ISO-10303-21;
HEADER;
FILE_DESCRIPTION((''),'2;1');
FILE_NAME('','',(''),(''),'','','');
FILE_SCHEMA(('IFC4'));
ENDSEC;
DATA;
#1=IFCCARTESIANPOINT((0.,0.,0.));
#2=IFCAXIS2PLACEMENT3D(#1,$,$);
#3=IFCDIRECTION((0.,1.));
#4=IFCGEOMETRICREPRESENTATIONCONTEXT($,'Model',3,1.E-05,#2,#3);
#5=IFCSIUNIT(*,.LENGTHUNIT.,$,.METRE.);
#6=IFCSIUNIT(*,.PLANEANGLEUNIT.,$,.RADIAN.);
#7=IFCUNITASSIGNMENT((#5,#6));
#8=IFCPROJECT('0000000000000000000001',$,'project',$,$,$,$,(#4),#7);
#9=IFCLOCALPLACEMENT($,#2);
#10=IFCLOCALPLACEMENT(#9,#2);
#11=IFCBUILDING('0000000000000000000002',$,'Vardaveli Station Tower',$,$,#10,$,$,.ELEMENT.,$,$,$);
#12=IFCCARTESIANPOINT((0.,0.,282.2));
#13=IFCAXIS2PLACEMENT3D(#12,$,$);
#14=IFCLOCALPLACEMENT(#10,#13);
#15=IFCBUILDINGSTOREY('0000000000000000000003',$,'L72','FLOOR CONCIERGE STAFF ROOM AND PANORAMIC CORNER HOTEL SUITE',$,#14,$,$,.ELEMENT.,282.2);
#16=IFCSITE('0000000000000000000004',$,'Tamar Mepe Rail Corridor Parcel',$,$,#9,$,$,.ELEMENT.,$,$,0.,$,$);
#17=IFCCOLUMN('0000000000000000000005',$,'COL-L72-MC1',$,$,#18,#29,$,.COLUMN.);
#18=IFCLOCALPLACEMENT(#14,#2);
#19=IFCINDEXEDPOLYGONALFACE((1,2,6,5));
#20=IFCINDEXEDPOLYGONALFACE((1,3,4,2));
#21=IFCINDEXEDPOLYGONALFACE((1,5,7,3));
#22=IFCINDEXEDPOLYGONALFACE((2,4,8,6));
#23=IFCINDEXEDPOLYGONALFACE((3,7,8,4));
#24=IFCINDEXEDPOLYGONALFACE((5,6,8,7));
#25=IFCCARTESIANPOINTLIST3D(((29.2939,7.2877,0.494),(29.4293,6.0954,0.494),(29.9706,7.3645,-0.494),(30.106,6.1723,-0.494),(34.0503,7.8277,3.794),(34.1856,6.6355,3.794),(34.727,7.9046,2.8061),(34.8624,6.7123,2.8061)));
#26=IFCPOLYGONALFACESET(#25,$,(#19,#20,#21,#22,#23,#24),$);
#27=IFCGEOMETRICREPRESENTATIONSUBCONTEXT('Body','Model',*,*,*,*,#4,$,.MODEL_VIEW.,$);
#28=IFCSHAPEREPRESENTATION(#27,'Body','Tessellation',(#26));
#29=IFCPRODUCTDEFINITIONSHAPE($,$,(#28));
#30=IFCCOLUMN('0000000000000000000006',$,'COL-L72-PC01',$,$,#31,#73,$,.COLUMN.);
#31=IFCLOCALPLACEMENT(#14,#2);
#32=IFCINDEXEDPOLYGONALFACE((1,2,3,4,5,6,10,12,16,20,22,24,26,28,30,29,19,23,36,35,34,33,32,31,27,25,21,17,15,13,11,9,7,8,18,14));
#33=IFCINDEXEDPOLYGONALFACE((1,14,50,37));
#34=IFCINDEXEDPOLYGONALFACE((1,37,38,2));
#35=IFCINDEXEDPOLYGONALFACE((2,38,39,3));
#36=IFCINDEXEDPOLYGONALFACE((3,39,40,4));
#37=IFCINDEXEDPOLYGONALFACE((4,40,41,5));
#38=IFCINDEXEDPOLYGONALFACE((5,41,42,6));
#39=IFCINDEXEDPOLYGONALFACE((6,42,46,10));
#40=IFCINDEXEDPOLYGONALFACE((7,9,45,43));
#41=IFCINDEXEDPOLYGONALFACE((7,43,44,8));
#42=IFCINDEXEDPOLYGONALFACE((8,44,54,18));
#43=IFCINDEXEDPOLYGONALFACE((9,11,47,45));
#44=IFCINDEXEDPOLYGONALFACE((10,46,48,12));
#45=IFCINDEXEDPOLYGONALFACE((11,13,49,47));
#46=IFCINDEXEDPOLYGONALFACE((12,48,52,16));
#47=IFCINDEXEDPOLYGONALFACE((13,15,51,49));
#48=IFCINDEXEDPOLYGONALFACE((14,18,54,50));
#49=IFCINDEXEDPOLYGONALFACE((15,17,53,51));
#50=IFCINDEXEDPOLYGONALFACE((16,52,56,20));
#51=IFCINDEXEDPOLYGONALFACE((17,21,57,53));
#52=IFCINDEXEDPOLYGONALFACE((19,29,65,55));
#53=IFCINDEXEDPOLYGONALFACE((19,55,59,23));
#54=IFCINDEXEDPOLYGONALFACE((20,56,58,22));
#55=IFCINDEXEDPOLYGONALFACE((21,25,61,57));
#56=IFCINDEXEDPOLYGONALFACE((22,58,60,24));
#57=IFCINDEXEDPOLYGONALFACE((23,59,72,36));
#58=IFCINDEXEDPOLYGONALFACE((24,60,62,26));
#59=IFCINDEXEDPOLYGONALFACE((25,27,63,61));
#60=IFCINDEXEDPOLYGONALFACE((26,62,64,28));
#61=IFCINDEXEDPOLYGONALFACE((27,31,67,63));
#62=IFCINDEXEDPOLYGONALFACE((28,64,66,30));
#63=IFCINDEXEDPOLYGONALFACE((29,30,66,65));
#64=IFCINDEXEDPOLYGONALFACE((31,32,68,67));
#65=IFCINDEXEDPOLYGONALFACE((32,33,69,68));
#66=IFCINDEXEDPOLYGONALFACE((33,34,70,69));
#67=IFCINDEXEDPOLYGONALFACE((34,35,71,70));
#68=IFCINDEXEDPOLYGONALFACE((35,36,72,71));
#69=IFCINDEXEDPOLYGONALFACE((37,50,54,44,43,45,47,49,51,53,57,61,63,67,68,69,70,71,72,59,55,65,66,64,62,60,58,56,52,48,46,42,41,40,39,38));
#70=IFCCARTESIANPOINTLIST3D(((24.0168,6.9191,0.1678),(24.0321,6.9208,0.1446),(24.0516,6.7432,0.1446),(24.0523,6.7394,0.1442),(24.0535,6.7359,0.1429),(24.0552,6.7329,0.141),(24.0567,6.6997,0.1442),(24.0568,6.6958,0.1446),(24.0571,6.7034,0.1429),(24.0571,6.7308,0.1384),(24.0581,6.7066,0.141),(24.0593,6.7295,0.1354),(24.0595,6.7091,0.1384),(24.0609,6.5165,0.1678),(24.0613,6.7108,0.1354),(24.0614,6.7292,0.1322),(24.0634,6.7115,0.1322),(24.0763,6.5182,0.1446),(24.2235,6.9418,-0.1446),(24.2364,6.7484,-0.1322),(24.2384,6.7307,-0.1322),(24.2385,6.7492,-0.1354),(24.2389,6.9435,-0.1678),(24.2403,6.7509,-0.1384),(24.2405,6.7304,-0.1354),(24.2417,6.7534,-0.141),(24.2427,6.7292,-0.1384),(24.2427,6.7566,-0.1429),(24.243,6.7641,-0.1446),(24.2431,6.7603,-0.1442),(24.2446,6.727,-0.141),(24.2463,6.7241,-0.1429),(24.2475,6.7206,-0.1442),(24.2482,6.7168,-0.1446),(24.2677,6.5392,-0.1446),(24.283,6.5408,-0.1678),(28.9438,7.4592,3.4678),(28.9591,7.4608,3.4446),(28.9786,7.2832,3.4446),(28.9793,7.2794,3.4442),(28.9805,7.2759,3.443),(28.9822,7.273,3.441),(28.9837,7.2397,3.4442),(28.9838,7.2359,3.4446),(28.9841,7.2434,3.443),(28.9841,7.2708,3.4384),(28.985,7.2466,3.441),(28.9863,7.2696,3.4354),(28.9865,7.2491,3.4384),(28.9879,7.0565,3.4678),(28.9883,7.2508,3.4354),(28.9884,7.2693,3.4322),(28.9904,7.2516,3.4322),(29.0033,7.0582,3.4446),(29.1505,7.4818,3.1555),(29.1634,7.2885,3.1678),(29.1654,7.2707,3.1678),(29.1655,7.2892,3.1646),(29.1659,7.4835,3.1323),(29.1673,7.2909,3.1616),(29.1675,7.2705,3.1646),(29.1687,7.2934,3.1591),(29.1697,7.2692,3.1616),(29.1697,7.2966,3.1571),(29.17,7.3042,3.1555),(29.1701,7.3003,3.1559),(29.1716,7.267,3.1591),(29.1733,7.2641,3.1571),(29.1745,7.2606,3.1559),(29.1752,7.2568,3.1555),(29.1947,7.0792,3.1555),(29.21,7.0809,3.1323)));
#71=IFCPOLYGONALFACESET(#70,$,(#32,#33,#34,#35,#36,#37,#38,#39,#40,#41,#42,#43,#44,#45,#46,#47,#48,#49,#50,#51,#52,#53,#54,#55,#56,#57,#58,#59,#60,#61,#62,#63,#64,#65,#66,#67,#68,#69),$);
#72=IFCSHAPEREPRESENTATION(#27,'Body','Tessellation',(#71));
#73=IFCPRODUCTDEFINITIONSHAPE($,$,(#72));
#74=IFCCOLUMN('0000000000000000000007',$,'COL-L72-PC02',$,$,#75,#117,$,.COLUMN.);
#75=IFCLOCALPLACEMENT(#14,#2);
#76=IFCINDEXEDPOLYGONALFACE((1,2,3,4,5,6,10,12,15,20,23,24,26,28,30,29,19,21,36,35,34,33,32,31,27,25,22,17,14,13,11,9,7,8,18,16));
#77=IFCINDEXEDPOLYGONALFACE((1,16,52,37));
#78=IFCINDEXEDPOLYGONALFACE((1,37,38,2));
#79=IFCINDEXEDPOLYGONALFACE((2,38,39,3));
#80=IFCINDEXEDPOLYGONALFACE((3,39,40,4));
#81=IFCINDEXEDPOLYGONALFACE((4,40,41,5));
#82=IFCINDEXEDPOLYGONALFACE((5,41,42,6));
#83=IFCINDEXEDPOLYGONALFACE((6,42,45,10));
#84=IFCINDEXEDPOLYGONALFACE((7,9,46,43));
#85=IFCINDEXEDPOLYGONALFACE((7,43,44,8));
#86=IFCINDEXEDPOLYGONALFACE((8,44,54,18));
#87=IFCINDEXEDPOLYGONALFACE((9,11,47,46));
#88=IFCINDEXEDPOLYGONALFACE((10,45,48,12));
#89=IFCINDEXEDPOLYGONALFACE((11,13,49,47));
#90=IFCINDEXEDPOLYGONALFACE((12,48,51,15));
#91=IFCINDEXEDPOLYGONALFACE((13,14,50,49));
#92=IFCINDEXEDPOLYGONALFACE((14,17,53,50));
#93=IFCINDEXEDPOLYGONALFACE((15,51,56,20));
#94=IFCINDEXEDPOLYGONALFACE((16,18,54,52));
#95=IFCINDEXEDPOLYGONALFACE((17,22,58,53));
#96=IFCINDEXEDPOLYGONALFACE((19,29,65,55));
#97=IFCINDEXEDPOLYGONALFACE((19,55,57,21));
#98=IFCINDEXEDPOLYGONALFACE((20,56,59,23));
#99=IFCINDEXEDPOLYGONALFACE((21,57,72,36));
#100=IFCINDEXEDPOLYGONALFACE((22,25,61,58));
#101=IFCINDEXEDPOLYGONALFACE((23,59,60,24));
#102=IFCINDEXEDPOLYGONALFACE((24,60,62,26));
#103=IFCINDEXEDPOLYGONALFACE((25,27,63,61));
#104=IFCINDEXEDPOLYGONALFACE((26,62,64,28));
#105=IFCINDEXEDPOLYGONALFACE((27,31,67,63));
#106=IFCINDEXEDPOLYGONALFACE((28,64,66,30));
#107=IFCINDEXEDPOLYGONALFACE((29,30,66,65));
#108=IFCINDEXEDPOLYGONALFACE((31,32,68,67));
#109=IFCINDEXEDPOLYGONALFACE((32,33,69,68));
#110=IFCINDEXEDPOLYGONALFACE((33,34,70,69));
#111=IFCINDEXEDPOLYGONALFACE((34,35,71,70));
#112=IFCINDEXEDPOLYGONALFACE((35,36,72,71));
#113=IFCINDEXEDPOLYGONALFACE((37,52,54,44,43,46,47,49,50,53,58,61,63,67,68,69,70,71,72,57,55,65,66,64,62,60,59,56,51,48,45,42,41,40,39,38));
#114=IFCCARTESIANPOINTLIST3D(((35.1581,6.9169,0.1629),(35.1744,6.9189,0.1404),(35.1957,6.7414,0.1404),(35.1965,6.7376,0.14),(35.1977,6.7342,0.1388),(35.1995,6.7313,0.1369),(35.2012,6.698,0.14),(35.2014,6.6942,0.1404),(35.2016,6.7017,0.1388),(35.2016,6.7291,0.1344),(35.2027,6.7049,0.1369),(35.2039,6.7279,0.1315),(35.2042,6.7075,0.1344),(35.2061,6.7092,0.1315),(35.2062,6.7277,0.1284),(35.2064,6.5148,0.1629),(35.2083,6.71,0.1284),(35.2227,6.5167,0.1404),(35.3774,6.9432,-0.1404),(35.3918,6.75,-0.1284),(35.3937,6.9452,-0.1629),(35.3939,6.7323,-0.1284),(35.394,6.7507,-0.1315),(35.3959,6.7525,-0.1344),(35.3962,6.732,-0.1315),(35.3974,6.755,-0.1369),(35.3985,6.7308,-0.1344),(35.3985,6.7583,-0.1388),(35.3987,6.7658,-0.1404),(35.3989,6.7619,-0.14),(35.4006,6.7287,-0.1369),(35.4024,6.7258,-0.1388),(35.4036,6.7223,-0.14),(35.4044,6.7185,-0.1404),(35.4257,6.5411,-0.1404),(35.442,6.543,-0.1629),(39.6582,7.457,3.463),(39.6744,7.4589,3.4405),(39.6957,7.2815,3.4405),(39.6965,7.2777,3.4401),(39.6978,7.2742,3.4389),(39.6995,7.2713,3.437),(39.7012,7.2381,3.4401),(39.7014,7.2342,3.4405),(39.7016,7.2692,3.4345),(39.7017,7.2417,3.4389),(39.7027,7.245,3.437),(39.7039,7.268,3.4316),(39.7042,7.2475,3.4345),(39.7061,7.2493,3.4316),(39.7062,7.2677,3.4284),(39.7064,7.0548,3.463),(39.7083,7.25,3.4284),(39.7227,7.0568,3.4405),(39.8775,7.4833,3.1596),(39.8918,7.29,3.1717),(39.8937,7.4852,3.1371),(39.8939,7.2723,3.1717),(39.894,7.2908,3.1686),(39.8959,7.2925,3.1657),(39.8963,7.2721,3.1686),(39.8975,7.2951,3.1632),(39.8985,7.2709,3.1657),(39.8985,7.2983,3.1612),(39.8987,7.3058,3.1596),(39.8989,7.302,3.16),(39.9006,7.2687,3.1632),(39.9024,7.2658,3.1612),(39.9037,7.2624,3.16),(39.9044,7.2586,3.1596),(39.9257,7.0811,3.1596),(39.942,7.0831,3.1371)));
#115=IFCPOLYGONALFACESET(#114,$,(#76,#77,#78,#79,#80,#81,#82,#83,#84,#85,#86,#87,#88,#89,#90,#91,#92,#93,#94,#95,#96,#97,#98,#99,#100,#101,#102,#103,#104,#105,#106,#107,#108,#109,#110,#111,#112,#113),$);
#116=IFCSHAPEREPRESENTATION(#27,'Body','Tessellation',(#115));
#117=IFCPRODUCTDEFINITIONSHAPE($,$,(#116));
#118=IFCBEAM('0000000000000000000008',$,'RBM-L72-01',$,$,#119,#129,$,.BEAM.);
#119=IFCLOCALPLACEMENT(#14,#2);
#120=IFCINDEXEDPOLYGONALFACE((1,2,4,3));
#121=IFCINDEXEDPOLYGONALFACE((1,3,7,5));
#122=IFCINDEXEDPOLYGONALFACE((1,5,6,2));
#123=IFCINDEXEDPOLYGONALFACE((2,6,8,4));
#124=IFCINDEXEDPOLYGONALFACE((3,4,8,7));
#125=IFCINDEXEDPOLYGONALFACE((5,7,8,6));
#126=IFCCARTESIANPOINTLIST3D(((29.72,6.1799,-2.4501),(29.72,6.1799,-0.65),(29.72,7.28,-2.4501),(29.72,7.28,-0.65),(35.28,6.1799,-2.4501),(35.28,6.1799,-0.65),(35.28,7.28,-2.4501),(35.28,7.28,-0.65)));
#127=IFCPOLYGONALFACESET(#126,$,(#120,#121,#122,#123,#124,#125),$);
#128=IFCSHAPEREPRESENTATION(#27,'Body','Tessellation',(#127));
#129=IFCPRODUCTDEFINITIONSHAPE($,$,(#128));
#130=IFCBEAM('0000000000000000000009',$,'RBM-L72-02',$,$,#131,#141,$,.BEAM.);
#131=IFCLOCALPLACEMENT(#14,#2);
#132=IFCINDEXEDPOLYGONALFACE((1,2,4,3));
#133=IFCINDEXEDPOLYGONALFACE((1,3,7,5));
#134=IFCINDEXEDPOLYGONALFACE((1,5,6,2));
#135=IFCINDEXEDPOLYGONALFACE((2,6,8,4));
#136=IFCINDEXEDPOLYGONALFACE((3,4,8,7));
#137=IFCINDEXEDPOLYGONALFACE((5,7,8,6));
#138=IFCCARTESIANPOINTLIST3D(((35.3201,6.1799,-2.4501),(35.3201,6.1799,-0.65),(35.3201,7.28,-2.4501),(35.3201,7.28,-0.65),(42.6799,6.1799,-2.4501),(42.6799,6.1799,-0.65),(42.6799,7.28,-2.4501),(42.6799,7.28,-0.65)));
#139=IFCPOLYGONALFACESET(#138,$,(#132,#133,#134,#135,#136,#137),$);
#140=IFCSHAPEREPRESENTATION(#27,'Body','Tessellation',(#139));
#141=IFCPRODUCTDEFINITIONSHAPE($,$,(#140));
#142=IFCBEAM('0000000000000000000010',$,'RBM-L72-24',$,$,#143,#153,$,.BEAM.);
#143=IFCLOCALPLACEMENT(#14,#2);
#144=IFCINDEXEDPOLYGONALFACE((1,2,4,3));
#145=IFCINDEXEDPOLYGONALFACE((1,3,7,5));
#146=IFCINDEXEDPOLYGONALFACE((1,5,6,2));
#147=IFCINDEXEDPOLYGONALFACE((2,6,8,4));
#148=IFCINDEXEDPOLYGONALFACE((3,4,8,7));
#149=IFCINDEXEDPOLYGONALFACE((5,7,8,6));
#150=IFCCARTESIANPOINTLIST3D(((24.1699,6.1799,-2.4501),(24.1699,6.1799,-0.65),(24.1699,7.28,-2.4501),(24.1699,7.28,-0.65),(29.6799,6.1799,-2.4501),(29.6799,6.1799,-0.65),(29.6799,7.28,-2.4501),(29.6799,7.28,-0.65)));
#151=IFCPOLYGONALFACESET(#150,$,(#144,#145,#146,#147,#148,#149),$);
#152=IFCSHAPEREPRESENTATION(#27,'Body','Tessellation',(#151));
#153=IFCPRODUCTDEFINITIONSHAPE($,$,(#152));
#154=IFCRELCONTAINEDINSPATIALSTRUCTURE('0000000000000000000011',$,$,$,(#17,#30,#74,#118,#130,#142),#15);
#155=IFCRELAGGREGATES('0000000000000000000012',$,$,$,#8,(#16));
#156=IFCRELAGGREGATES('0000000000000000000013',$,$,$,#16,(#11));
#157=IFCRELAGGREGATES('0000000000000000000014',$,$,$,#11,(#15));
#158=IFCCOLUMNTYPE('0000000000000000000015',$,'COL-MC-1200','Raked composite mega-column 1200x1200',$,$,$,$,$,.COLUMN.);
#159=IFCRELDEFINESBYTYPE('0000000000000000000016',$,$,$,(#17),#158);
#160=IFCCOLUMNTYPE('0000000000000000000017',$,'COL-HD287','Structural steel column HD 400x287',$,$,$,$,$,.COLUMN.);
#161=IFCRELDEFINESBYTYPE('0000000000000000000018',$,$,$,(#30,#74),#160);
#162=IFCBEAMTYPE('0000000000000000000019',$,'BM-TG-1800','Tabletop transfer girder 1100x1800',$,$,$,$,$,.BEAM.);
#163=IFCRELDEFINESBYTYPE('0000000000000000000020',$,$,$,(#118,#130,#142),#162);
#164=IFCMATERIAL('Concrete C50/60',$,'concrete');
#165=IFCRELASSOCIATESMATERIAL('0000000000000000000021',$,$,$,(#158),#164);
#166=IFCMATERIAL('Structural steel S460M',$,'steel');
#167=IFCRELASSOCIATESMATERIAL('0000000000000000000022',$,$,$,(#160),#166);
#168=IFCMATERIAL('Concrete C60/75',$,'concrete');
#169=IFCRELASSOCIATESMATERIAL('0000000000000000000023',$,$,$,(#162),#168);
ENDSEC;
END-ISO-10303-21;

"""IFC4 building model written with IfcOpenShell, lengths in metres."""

from ifc_helpers import new_model, si_unit, direction, frame, origin, origin_2d, place, context, subcontext, project, spatial, rectangle, i_section, extrude, source, transform, mapped, material, material_profile, profile_set, type_object, element, save


model = new_model("IFC4")

# Units and contexts
model_context = context("Model", 3, precision=1e-05, world=origin(), true_north=direction((0.0, 1.0)))
body_context = subcontext(model_context, "Body", "Model", "MODEL_VIEW")
ifc_project = project(units=[si_unit("LENGTHUNIT", "METRE"), si_unit("PLANEANGLEUNIT", "RADIAN")], contexts=[model_context])

# Site, building, storey
site_placement = place(None, origin())
site = spatial("IfcSite", under=ifc_project, at=site_placement, Name="Tamar Mepe Rail Corridor Parcel", CompositionType="ELEMENT", RefElevation=0.0)
building_placement = place(site_placement, origin())
building = spatial("IfcBuilding", under=site, at=building_placement, Name="Vardaveli Station Tower", CompositionType="ELEMENT")
storey_placement = place(building_placement, frame((0.0, 0.0, 282.2)))
storey = spatial("IfcBuildingStorey", under=building, at=storey_placement, Name="L72", Description="FLOOR CONCIERGE STAFF ROOM AND PANORAMIC CORNER HOTEL SUITE", CompositionType="ELEMENT", Elevation=282.2)

# Columns
ifc_material_1 = material(Name="Concrete C50/60", Category="concrete")
ifc_material_profile_1 = material_profile(ifc_material_1, rectangle(XDim=1.2, YDim=1.2, at=origin_2d()), Name="MC 1200x1200")
ifc_profile_set_1 = profile_set([ifc_material_profile_1], Name="Concrete C50/60")
column_type_1 = type_object("IfcColumnType", Name="COL-MC-1200", Description="Raked composite mega-column 1200x1200", PredefinedType="COLUMN", material=ifc_profile_set_1)
shared_shape_1 = source(origin(), body_context, "Body", "SweptSolid", [
    extrude(rectangle(XDim=1.2, YDim=1.2, at=origin_2d()), origin(), (0.0, 0.0, 1.0), 5.8142),
])
column_1_placement = place(storey_placement, frame((29.7, 6.73, 0.0), z_axis=(0.818058, 0.092883, 0.567585), x_axis=(-0.112816, 0.993616, 0.0)))
element("IfcColumn", 1, at=column_1_placement, inside=storey, type_object=column_type_1, Name="COL-L72-MC1", PredefinedType="COLUMN", context=body_context, shape_type="MappedRepresentation", body=[
    mapped(shared_shape_1, transform((0.0, 0.0, 0.0), scale=1.0)),
])
ifc_material_2 = material(Name="Structural steel S460M", Category="steel")
ifc_material_profile_2 = material_profile(ifc_material_2, i_section(OverallWidth=0.405, OverallDepth=0.4031, WebThickness=0.0178, FlangeThickness=0.0278, FilletRadius=0.0149, at=origin_2d()), Name="HD 400x287")
ifc_profile_set_2 = profile_set([ifc_material_profile_2], Name="Structural steel S460M")
column_type_2 = type_object("IfcColumnType", Name="COL-HD287", Description="Structural steel column HD 400x287", PredefinedType="COLUMN", material=ifc_profile_set_2)
shared_shape_2 = source(origin(), body_context, "Body", "SweptSolid", [
    extrude(i_section(OverallWidth=0.405, OverallDepth=0.4031, WebThickness=0.0178, FlangeThickness=0.0278, FilletRadius=0.0149, at=origin_2d()), origin(), (0.0, 0.0, 1.0), 5.9546),
])
column_2_placement = place(storey_placement, frame((24.1499, 6.73, 0.0), z_axis=(0.827427, 0.090693, 0.554201), x_axis=(-0.108956, 0.994047, 0.0)))
element("IfcColumn", 2, at=column_2_placement, inside=storey, type_object=column_type_2, Name="COL-L72-PC01", PredefinedType="COLUMN", context=body_context, shape_type="MappedRepresentation", body=[
    mapped(shared_shape_2, transform((0.0, 0.0, 0.0), scale=1.0)),
])
shared_shape_3 = source(origin(), body_context, "Body", "SweptSolid", [
    extrude(i_section(OverallWidth=0.405, OverallDepth=0.4031, WebThickness=0.0178, FlangeThickness=0.0278, FilletRadius=0.0149, at=origin_2d()), origin(), (0.0, 0.0, 1.0), 5.6064),
])
column_3_placement = place(storey_placement, frame((35.3, 6.73, 0.0), z_axis=(0.802651, 0.096325, 0.588619), x_axis=(-0.119154, 0.992876, 0.0)))
element("IfcColumn", 3, at=column_3_placement, inside=storey, type_object=column_type_2, Name="COL-L72-PC02", PredefinedType="COLUMN", context=body_context, shape_type="MappedRepresentation", body=[
    mapped(shared_shape_3, transform((0.0, 0.0, 0.0), scale=1.0)),
])

# Beams
ifc_material_3 = material(Name="Concrete C60/75", Category="concrete")
ifc_material_profile_3 = material_profile(ifc_material_3, rectangle(XDim=1.1001, YDim=1.8, at=origin_2d()), Name="TG 1100x1800")
ifc_profile_set_3 = profile_set([ifc_material_profile_3], Name="Concrete C60/75")
beam_type_1 = type_object("IfcBeamType", Name="BM-TG-1800", Description="Tabletop transfer girder 1100x1800", PredefinedType="BEAM", material=ifc_profile_set_3)
shared_shape_4 = source(origin(), body_context, "Body", "SweptSolid", [
    extrude(rectangle(XDim=1.1001, YDim=1.8, at=origin_2d()), origin(), (0.0, 0.0, 1.0), 5.5601),
])
beam_1_placement = place(storey_placement, frame((29.72, 6.73, -1.55), z_axis=(1.0, 0.0, 0.0), x_axis=(0.0, 1.0, 0.0)))
element("IfcBeam", 4, at=beam_1_placement, inside=storey, type_object=beam_type_1, Name="RBM-L72-01", PredefinedType="BEAM", context=body_context, shape_type="MappedRepresentation", body=[
    mapped(shared_shape_4, transform((0.0, 0.0, 0.0), scale=1.0)),
])
shared_shape_5 = source(origin(), body_context, "Body", "SweptSolid", [
    extrude(rectangle(XDim=1.1001, YDim=1.8, at=origin_2d()), origin(), (0.0, 0.0, 1.0), 7.3599),
])
beam_2_placement = place(storey_placement, frame((35.3201, 6.73, -1.55), z_axis=(1.0, 0.0, 0.0), x_axis=(0.0, 1.0, 0.0)))
element("IfcBeam", 5, at=beam_2_placement, inside=storey, type_object=beam_type_1, Name="RBM-L72-02", PredefinedType="BEAM", context=body_context, shape_type="MappedRepresentation", body=[
    mapped(shared_shape_5, transform((0.0, 0.0, 0.0), scale=1.0)),
])
shared_shape_6 = source(origin(), body_context, "Body", "SweptSolid", [
    extrude(rectangle(XDim=1.1001, YDim=1.8, at=origin_2d()), origin(), (0.0, 0.0, 1.0), 5.51),
])
beam_3_placement = place(storey_placement, frame((24.1699, 6.73, -1.55), z_axis=(1.0, 0.0, 0.0), x_axis=(0.0, 1.0, 0.0)))
element("IfcBeam", 6, at=beam_3_placement, inside=storey, type_object=beam_type_1, Name="RBM-L72-24", PredefinedType="BEAM", context=body_context, shape_type="MappedRepresentation", body=[
    mapped(shared_shape_6, transform((0.0, 0.0, 0.0), scale=1.0)),
])

save(model, "model.ifc")
